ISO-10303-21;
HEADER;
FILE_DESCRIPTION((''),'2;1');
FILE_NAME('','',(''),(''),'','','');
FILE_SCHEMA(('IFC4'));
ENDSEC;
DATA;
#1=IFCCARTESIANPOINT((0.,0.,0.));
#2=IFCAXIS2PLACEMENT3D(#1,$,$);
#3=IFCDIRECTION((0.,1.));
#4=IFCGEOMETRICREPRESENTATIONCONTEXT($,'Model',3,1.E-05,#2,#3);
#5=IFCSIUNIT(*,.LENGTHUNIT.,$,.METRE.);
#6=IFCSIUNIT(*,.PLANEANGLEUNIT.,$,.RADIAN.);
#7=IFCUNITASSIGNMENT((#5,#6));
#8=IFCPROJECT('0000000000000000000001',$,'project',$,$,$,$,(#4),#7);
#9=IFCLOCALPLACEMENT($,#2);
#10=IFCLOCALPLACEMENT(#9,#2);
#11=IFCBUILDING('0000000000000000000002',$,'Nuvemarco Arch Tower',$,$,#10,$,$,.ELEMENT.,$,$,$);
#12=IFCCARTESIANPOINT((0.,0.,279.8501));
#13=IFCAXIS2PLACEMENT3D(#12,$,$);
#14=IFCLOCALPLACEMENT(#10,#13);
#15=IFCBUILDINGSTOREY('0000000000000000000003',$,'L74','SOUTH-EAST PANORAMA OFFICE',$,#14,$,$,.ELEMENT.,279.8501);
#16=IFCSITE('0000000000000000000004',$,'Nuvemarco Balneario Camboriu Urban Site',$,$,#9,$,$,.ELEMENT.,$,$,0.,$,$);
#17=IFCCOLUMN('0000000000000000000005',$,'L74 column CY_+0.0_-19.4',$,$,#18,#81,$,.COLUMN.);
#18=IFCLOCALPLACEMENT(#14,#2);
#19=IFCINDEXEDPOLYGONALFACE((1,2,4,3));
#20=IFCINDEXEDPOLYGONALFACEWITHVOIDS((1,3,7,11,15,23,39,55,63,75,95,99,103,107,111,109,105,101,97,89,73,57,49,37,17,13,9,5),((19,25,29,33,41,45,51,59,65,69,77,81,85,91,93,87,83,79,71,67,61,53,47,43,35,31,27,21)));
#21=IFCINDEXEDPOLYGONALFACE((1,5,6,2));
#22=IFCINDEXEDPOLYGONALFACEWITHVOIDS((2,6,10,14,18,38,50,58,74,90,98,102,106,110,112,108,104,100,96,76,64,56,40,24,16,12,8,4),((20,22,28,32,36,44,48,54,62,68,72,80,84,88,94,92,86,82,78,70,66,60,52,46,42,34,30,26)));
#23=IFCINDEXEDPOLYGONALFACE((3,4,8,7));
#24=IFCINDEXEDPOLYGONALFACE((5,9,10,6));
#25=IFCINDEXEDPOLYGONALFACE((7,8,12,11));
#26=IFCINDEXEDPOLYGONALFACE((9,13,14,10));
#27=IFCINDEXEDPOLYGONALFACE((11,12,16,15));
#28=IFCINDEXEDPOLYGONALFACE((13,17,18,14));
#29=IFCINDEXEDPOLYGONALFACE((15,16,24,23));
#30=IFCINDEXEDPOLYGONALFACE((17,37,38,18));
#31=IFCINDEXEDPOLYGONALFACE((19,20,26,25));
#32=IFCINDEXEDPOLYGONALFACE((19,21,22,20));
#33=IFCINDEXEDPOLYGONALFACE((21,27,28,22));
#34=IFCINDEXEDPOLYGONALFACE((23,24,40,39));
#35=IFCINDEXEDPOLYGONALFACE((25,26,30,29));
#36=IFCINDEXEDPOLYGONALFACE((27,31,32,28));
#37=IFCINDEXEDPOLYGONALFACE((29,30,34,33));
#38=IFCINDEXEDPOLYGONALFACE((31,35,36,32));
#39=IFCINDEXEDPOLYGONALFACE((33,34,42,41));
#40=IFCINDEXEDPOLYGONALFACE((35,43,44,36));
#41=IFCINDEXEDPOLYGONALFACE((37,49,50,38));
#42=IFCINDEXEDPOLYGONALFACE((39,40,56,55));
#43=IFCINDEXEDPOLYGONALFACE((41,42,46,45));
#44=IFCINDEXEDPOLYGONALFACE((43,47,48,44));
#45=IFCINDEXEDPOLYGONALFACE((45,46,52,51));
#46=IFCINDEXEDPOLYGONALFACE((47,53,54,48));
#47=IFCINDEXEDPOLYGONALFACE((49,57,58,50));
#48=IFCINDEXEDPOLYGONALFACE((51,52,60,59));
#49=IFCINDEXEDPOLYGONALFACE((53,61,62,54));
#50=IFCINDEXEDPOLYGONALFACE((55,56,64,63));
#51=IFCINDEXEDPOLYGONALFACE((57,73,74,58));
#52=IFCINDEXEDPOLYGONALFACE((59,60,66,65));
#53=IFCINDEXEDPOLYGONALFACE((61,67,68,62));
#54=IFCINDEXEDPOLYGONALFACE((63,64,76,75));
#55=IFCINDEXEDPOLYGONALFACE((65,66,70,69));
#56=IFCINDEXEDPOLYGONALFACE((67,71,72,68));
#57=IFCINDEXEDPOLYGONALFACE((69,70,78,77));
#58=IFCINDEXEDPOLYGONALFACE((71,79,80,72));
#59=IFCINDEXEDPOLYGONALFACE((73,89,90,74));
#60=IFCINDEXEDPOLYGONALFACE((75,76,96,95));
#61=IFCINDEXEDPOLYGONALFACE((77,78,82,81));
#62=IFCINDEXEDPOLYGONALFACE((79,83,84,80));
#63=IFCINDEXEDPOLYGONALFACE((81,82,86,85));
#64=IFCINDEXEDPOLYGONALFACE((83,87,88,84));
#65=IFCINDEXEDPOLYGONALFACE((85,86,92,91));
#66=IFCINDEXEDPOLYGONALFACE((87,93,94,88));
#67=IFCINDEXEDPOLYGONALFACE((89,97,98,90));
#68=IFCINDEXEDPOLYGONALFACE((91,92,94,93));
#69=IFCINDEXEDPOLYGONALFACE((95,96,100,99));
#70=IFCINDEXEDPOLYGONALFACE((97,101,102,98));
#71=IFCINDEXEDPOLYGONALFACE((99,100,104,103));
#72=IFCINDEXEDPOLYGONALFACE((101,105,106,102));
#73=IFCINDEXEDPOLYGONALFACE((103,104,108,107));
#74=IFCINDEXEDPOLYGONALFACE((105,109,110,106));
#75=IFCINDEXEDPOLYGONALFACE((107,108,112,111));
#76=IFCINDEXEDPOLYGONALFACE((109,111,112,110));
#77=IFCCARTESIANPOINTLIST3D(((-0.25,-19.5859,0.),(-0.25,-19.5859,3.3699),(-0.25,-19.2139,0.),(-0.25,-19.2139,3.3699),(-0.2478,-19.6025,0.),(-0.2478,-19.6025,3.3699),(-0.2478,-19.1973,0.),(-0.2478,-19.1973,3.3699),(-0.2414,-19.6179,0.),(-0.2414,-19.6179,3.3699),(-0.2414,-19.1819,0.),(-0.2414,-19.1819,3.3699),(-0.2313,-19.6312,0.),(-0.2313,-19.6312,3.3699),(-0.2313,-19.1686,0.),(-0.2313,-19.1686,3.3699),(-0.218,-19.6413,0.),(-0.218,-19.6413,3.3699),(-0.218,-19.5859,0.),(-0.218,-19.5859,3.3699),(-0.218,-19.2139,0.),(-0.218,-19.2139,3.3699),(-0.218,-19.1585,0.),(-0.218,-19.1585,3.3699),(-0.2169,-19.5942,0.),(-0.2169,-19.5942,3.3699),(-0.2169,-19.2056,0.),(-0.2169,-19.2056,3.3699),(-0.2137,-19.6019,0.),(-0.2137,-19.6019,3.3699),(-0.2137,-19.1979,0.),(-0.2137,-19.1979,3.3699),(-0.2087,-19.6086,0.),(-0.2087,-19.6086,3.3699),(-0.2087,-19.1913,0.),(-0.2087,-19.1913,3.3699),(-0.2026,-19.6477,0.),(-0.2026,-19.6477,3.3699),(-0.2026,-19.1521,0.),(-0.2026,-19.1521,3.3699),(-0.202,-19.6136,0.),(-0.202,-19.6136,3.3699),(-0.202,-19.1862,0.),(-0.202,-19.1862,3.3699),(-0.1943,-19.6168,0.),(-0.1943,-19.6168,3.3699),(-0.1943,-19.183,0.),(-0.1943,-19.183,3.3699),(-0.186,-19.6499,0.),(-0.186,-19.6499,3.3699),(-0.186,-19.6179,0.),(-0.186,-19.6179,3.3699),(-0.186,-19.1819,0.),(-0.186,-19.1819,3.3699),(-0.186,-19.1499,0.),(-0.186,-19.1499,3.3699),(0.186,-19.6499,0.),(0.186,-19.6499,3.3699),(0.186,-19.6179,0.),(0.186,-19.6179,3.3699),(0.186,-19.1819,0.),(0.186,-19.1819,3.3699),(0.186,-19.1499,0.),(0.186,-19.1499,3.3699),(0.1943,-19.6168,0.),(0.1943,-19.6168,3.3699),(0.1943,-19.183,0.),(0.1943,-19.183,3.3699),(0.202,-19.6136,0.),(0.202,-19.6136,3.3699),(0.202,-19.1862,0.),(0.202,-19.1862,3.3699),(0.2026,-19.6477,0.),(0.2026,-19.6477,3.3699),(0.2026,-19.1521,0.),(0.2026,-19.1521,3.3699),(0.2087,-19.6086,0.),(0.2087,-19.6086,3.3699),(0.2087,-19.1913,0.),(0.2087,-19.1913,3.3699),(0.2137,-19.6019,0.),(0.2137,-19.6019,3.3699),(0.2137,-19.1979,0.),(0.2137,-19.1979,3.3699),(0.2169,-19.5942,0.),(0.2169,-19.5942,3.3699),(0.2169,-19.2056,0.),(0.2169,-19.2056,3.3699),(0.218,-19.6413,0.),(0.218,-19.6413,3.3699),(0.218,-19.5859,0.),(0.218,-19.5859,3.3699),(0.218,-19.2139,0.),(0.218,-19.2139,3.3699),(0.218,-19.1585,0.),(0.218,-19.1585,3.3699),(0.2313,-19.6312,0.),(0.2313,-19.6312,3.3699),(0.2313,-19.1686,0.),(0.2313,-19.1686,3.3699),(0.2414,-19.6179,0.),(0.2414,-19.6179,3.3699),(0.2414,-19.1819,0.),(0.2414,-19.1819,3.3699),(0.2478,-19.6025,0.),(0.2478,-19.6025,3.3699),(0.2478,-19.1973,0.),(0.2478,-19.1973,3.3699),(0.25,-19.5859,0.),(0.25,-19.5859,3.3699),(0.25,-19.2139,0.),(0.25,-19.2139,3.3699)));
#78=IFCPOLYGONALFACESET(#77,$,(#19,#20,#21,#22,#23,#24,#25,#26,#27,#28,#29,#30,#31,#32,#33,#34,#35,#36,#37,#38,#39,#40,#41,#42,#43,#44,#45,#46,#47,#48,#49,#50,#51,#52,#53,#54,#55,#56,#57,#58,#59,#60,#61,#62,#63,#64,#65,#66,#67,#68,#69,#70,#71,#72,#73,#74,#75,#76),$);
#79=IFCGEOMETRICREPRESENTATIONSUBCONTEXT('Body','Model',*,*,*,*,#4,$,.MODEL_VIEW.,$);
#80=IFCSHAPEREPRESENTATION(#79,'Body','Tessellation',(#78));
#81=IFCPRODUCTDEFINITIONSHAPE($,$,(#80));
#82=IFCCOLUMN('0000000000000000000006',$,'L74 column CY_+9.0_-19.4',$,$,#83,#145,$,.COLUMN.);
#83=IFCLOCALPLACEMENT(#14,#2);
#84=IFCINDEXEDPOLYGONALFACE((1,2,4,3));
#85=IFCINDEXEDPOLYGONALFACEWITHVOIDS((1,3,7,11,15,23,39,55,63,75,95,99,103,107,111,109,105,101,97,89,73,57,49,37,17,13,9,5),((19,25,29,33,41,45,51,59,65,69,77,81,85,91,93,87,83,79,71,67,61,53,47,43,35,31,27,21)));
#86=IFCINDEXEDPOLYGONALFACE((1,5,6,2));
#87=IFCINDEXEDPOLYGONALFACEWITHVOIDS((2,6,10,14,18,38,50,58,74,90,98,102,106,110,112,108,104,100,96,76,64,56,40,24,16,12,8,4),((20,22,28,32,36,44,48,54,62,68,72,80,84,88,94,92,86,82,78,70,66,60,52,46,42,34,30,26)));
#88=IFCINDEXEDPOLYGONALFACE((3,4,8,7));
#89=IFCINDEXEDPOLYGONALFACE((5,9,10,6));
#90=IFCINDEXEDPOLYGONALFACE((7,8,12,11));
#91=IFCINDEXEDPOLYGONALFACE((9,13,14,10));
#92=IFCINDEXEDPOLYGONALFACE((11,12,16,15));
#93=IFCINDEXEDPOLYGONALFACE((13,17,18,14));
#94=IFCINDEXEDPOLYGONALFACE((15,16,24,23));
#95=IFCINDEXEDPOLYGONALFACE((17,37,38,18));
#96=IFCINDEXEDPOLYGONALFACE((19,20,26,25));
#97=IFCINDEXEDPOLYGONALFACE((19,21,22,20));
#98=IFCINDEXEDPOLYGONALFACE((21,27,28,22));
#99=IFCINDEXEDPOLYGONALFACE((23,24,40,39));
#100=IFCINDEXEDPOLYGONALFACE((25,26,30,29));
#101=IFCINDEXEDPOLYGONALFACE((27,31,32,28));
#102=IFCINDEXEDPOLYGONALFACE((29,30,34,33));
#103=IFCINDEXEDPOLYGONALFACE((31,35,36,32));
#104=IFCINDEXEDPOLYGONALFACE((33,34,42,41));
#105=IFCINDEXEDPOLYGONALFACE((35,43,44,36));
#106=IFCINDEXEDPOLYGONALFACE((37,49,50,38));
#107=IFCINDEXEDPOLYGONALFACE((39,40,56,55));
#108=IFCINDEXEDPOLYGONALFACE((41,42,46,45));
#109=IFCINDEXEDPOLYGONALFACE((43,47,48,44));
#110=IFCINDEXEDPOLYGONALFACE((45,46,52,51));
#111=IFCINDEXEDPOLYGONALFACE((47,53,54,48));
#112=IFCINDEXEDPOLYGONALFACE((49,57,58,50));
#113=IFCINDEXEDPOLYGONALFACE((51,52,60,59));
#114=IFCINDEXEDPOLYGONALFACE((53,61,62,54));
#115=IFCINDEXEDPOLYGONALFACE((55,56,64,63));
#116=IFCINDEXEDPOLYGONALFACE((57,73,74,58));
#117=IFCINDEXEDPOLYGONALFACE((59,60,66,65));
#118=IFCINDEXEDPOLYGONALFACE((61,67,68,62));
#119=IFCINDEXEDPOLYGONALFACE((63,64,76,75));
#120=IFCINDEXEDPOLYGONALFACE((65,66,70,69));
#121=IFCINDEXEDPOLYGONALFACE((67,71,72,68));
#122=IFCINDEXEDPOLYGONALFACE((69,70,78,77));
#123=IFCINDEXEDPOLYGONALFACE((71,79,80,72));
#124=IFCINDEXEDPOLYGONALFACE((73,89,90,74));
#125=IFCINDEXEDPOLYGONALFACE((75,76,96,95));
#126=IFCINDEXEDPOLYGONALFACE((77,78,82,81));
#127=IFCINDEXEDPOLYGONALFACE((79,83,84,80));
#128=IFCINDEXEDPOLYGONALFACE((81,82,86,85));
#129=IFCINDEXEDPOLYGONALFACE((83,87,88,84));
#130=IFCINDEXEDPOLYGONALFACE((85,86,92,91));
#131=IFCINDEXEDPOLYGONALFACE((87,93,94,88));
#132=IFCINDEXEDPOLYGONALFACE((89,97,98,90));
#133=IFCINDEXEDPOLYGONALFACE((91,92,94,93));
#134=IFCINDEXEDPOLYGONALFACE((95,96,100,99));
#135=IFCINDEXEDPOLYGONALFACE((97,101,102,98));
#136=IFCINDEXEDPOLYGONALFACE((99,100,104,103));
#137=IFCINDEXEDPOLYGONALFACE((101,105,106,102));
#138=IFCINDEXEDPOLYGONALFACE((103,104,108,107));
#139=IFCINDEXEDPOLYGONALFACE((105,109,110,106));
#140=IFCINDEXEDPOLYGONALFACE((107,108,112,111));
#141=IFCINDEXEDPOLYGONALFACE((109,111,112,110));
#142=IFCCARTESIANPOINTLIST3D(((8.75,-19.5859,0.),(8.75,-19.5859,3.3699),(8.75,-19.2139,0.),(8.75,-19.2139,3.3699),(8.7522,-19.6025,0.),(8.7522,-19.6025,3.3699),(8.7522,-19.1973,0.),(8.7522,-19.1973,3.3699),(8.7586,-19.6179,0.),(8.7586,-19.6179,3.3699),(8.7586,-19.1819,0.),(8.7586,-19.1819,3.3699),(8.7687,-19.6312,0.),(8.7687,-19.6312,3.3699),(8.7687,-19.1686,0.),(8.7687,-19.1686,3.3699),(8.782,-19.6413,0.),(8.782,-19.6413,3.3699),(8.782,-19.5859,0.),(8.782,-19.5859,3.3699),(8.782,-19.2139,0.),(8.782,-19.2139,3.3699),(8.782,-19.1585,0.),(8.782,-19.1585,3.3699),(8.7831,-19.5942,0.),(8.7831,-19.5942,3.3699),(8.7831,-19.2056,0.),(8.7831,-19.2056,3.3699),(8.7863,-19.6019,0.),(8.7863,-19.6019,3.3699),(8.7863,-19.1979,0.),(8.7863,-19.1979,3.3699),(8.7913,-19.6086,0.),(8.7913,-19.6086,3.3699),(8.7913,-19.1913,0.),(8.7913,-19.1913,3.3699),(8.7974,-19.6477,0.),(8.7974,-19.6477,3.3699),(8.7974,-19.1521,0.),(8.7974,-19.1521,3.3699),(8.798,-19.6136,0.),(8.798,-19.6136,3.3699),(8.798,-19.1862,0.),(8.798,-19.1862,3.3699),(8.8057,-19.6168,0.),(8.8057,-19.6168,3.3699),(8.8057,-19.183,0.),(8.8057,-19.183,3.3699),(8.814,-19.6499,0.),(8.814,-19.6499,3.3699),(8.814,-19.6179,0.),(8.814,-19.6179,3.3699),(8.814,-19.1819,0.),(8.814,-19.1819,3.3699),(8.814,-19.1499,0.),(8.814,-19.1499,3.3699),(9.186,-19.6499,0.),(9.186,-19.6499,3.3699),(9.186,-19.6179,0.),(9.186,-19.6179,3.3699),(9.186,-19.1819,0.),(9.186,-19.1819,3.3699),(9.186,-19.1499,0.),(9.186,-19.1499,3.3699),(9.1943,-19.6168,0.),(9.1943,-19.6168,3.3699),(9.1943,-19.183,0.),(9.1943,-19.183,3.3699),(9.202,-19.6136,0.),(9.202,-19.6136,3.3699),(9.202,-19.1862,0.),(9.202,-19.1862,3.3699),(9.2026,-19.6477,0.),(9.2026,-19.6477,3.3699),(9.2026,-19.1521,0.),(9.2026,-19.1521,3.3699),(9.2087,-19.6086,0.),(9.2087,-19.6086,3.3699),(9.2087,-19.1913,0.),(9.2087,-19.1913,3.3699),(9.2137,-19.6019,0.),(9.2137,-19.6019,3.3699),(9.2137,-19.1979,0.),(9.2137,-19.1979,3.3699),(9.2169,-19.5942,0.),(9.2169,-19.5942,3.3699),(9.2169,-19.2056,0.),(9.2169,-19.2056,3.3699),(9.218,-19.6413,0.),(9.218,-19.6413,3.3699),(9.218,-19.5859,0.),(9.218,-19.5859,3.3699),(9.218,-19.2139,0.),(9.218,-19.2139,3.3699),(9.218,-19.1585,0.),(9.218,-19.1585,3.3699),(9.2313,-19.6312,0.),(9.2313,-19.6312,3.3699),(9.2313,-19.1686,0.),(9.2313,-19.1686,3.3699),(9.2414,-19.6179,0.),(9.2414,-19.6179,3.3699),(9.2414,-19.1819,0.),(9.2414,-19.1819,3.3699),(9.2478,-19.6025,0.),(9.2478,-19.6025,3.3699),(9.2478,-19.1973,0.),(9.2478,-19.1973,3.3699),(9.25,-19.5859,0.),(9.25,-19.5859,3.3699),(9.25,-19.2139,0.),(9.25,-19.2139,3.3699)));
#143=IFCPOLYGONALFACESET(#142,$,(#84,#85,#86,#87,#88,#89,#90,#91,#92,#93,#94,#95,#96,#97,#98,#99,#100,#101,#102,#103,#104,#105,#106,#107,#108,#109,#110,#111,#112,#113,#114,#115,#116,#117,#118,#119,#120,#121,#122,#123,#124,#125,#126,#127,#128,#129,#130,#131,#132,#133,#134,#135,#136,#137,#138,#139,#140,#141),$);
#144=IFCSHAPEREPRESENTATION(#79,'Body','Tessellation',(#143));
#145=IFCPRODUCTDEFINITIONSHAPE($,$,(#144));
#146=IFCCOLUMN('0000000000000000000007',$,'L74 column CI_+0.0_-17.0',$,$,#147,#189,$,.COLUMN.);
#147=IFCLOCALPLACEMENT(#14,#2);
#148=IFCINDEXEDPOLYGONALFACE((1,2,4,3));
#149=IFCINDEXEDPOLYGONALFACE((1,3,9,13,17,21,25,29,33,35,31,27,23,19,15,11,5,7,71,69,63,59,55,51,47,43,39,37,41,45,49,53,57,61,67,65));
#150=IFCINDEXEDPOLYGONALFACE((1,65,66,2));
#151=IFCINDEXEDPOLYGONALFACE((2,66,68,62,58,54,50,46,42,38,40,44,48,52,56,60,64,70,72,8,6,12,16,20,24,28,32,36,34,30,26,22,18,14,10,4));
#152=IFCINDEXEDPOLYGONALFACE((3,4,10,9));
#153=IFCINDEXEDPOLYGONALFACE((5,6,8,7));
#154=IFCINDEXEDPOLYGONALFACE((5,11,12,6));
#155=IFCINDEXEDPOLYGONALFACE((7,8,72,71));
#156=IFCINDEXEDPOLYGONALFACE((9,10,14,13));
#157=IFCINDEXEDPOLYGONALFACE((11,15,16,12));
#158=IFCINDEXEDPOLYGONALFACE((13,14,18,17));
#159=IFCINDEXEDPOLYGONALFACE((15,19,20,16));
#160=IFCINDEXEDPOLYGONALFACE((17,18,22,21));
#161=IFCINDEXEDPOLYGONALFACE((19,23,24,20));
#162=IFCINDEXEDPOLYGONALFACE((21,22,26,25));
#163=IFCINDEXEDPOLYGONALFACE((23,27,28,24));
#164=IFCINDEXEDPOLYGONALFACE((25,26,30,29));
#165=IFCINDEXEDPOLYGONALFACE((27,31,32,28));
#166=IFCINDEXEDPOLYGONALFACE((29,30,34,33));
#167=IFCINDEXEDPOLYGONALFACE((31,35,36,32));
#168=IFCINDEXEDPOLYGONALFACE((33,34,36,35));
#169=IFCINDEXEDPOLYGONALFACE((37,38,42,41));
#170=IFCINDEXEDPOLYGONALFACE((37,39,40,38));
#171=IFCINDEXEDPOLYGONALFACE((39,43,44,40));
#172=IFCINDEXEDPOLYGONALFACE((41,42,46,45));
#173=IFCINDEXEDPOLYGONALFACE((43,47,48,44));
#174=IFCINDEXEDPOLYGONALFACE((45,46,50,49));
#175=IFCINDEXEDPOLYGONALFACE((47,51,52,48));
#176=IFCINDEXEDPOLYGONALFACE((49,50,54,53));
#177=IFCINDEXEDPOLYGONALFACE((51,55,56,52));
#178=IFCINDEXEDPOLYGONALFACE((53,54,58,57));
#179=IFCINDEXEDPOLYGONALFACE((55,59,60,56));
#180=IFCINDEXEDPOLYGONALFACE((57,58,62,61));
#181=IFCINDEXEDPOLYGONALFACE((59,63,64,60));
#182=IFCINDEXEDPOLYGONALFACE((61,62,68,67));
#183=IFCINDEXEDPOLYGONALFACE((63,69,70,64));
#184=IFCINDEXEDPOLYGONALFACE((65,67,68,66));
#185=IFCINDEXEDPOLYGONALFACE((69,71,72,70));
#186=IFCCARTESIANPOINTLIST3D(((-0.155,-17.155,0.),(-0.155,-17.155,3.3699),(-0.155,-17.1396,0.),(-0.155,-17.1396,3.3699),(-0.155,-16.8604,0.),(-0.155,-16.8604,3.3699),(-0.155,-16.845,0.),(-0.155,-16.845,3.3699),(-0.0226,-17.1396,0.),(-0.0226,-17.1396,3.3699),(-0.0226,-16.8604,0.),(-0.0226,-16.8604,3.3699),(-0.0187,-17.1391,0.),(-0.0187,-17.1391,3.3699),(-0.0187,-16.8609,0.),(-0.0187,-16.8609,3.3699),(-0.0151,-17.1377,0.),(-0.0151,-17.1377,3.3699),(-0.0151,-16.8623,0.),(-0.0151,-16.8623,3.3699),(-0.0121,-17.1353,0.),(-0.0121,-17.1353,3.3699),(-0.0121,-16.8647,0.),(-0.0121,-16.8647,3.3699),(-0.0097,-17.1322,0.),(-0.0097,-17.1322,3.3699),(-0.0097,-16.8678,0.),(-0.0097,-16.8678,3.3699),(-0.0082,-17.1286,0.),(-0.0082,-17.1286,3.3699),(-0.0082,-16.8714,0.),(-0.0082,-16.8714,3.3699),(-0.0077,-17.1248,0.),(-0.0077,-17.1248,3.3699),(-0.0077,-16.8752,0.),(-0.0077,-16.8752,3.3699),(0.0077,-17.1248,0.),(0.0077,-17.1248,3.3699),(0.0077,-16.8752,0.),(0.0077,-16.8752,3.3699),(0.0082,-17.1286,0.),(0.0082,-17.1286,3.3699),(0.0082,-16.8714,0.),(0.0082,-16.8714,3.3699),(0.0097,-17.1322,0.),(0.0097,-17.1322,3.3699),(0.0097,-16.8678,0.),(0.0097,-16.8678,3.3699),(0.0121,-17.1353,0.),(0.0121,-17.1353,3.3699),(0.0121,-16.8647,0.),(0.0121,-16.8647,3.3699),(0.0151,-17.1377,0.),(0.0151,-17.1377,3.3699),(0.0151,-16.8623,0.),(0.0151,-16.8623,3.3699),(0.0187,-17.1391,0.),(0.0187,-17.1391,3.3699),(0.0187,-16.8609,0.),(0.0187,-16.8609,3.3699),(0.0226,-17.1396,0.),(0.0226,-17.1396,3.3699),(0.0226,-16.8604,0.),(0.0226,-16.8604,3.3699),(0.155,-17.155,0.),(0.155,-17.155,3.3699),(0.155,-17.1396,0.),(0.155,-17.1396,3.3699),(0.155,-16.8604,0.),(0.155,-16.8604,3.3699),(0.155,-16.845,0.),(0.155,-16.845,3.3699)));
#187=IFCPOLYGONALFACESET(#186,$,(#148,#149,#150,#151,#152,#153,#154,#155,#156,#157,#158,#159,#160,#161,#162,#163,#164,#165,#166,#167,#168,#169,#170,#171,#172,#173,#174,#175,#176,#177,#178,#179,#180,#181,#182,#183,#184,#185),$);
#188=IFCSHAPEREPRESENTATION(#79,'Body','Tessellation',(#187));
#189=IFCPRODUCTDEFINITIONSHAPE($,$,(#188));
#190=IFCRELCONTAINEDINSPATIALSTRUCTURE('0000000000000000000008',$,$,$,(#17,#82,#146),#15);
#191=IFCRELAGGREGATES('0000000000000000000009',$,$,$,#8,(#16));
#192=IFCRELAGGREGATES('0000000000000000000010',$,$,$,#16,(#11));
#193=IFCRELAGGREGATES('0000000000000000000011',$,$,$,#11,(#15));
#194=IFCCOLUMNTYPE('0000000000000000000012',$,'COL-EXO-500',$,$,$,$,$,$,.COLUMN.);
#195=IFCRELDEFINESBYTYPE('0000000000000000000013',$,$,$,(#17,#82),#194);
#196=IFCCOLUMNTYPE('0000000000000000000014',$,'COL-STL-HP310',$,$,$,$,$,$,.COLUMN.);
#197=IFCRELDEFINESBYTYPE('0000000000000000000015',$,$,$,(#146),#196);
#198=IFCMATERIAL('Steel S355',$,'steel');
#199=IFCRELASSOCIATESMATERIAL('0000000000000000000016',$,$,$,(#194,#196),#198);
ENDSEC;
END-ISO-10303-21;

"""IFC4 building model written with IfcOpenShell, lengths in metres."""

from ifc_helpers import new_model, si_unit, direction, frame, origin, origin_2d, place, context, subcontext, project, spatial, hollow_rectangle, i_section, extrude, material, material_profile, profile_set, type_object, element, save


model = new_model("IFC4")

# Units and contexts
model_context = context("Model", 3, precision=1e-05, world=origin(), true_north=direction((0.0, 1.0)))
body_context = subcontext(model_context, "Body", "Model", "MODEL_VIEW")
ifc_project = project(units=[si_unit("LENGTHUNIT", "METRE"), si_unit("PLANEANGLEUNIT", "RADIAN")], contexts=[model_context])

# Site, building, storey
site_placement = place(None, origin())
site = spatial("IfcSite", under=ifc_project, at=site_placement, Name="Nuvemarco Balneario Camboriu Urban Site", CompositionType="ELEMENT", RefElevation=0.0)
building_placement = place(site_placement, origin())
building = spatial("IfcBuilding", under=site, at=building_placement, Name="Nuvemarco Arch Tower", CompositionType="ELEMENT")
storey_placement = place(building_placement, frame((0.0, 0.0, 279.8501)))
storey = spatial("IfcBuildingStorey", under=building, at=storey_placement, Name="L74", Description="SOUTH-EAST PANORAMA OFFICE", CompositionType="ELEMENT", Elevation=279.8501)

# Columns
ifc_material_1 = material(Name="Steel S355", Category="steel")
ifc_material_profile_1 = material_profile(ifc_material_1, hollow_rectangle(XDim=0.5, YDim=0.5, WallThickness=0.032, InnerFilletRadius=0.032, OuterFilletRadius=0.064, at=origin_2d()), Name="SHS500x500x32")
ifc_profile_set_1 = profile_set([ifc_material_profile_1], Name="Steel S355")
column_type_1 = type_object("IfcColumnType", Name="COL-EXO-500", PredefinedType="COLUMN", material=ifc_profile_set_1)
for number, where, z_axis, x_axis, name in (
    (1, (0.0, -19.3999, 0.0), (0.0, 0.0, 1.0), (1.0, 0.0, 0.0), "L74 column CY_+0.0_-19.4"),
    (2, (9.0, -19.3999, 0.0), (0.0, 0.0, 1.0), (1.0, 0.0, 0.0), "L74 column CY_+9.0_-19.4"),
):
    element("IfcColumn", number, at=place(storey_placement, frame(where, z_axis=z_axis, x_axis=x_axis)), inside=storey, type_object=column_type_1, Name=name, PredefinedType="COLUMN", context=body_context, shape_type="SweptSolid", body=[
        extrude(hollow_rectangle(XDim=0.5, YDim=0.5, WallThickness=0.032, InnerFilletRadius=0.032, OuterFilletRadius=0.064, at=origin_2d()), origin(), (0.0, 0.0, 1.0), 3.3699),
    ])
ifc_material_profile_2 = material_profile(ifc_material_1, i_section(OverallWidth=0.3101, OverallDepth=0.3101, WebThickness=0.0154, FlangeThickness=0.0154, FilletRadius=0.0149, at=origin_2d()), Name="HP310x110")
ifc_profile_set_2 = profile_set([ifc_material_profile_2], Name="Steel S355")
column_type_2 = type_object("IfcColumnType", Name="COL-STL-HP310", PredefinedType="COLUMN", material=ifc_profile_set_2)
for number, where, z_axis, x_axis, name in (
    (3, (0.0, -17.0, 0.0), (0.0, 0.0, 1.0), (1.0, 0.0, 0.0), "L74 column CI_+0.0_-17.0"),
):
    element("IfcColumn", number, at=place(storey_placement, frame(where, z_axis=z_axis, x_axis=x_axis)), inside=storey, type_object=column_type_2, Name=name, PredefinedType="COLUMN", context=body_context, shape_type="SweptSolid", body=[
        extrude(i_section(OverallWidth=0.3101, OverallDepth=0.3101, WebThickness=0.0154, FlangeThickness=0.0154, FilletRadius=0.0149, at=origin_2d()), origin(), (0.0, 0.0, 1.0), 3.3699),
    ])

save(model, "model.ifc")
